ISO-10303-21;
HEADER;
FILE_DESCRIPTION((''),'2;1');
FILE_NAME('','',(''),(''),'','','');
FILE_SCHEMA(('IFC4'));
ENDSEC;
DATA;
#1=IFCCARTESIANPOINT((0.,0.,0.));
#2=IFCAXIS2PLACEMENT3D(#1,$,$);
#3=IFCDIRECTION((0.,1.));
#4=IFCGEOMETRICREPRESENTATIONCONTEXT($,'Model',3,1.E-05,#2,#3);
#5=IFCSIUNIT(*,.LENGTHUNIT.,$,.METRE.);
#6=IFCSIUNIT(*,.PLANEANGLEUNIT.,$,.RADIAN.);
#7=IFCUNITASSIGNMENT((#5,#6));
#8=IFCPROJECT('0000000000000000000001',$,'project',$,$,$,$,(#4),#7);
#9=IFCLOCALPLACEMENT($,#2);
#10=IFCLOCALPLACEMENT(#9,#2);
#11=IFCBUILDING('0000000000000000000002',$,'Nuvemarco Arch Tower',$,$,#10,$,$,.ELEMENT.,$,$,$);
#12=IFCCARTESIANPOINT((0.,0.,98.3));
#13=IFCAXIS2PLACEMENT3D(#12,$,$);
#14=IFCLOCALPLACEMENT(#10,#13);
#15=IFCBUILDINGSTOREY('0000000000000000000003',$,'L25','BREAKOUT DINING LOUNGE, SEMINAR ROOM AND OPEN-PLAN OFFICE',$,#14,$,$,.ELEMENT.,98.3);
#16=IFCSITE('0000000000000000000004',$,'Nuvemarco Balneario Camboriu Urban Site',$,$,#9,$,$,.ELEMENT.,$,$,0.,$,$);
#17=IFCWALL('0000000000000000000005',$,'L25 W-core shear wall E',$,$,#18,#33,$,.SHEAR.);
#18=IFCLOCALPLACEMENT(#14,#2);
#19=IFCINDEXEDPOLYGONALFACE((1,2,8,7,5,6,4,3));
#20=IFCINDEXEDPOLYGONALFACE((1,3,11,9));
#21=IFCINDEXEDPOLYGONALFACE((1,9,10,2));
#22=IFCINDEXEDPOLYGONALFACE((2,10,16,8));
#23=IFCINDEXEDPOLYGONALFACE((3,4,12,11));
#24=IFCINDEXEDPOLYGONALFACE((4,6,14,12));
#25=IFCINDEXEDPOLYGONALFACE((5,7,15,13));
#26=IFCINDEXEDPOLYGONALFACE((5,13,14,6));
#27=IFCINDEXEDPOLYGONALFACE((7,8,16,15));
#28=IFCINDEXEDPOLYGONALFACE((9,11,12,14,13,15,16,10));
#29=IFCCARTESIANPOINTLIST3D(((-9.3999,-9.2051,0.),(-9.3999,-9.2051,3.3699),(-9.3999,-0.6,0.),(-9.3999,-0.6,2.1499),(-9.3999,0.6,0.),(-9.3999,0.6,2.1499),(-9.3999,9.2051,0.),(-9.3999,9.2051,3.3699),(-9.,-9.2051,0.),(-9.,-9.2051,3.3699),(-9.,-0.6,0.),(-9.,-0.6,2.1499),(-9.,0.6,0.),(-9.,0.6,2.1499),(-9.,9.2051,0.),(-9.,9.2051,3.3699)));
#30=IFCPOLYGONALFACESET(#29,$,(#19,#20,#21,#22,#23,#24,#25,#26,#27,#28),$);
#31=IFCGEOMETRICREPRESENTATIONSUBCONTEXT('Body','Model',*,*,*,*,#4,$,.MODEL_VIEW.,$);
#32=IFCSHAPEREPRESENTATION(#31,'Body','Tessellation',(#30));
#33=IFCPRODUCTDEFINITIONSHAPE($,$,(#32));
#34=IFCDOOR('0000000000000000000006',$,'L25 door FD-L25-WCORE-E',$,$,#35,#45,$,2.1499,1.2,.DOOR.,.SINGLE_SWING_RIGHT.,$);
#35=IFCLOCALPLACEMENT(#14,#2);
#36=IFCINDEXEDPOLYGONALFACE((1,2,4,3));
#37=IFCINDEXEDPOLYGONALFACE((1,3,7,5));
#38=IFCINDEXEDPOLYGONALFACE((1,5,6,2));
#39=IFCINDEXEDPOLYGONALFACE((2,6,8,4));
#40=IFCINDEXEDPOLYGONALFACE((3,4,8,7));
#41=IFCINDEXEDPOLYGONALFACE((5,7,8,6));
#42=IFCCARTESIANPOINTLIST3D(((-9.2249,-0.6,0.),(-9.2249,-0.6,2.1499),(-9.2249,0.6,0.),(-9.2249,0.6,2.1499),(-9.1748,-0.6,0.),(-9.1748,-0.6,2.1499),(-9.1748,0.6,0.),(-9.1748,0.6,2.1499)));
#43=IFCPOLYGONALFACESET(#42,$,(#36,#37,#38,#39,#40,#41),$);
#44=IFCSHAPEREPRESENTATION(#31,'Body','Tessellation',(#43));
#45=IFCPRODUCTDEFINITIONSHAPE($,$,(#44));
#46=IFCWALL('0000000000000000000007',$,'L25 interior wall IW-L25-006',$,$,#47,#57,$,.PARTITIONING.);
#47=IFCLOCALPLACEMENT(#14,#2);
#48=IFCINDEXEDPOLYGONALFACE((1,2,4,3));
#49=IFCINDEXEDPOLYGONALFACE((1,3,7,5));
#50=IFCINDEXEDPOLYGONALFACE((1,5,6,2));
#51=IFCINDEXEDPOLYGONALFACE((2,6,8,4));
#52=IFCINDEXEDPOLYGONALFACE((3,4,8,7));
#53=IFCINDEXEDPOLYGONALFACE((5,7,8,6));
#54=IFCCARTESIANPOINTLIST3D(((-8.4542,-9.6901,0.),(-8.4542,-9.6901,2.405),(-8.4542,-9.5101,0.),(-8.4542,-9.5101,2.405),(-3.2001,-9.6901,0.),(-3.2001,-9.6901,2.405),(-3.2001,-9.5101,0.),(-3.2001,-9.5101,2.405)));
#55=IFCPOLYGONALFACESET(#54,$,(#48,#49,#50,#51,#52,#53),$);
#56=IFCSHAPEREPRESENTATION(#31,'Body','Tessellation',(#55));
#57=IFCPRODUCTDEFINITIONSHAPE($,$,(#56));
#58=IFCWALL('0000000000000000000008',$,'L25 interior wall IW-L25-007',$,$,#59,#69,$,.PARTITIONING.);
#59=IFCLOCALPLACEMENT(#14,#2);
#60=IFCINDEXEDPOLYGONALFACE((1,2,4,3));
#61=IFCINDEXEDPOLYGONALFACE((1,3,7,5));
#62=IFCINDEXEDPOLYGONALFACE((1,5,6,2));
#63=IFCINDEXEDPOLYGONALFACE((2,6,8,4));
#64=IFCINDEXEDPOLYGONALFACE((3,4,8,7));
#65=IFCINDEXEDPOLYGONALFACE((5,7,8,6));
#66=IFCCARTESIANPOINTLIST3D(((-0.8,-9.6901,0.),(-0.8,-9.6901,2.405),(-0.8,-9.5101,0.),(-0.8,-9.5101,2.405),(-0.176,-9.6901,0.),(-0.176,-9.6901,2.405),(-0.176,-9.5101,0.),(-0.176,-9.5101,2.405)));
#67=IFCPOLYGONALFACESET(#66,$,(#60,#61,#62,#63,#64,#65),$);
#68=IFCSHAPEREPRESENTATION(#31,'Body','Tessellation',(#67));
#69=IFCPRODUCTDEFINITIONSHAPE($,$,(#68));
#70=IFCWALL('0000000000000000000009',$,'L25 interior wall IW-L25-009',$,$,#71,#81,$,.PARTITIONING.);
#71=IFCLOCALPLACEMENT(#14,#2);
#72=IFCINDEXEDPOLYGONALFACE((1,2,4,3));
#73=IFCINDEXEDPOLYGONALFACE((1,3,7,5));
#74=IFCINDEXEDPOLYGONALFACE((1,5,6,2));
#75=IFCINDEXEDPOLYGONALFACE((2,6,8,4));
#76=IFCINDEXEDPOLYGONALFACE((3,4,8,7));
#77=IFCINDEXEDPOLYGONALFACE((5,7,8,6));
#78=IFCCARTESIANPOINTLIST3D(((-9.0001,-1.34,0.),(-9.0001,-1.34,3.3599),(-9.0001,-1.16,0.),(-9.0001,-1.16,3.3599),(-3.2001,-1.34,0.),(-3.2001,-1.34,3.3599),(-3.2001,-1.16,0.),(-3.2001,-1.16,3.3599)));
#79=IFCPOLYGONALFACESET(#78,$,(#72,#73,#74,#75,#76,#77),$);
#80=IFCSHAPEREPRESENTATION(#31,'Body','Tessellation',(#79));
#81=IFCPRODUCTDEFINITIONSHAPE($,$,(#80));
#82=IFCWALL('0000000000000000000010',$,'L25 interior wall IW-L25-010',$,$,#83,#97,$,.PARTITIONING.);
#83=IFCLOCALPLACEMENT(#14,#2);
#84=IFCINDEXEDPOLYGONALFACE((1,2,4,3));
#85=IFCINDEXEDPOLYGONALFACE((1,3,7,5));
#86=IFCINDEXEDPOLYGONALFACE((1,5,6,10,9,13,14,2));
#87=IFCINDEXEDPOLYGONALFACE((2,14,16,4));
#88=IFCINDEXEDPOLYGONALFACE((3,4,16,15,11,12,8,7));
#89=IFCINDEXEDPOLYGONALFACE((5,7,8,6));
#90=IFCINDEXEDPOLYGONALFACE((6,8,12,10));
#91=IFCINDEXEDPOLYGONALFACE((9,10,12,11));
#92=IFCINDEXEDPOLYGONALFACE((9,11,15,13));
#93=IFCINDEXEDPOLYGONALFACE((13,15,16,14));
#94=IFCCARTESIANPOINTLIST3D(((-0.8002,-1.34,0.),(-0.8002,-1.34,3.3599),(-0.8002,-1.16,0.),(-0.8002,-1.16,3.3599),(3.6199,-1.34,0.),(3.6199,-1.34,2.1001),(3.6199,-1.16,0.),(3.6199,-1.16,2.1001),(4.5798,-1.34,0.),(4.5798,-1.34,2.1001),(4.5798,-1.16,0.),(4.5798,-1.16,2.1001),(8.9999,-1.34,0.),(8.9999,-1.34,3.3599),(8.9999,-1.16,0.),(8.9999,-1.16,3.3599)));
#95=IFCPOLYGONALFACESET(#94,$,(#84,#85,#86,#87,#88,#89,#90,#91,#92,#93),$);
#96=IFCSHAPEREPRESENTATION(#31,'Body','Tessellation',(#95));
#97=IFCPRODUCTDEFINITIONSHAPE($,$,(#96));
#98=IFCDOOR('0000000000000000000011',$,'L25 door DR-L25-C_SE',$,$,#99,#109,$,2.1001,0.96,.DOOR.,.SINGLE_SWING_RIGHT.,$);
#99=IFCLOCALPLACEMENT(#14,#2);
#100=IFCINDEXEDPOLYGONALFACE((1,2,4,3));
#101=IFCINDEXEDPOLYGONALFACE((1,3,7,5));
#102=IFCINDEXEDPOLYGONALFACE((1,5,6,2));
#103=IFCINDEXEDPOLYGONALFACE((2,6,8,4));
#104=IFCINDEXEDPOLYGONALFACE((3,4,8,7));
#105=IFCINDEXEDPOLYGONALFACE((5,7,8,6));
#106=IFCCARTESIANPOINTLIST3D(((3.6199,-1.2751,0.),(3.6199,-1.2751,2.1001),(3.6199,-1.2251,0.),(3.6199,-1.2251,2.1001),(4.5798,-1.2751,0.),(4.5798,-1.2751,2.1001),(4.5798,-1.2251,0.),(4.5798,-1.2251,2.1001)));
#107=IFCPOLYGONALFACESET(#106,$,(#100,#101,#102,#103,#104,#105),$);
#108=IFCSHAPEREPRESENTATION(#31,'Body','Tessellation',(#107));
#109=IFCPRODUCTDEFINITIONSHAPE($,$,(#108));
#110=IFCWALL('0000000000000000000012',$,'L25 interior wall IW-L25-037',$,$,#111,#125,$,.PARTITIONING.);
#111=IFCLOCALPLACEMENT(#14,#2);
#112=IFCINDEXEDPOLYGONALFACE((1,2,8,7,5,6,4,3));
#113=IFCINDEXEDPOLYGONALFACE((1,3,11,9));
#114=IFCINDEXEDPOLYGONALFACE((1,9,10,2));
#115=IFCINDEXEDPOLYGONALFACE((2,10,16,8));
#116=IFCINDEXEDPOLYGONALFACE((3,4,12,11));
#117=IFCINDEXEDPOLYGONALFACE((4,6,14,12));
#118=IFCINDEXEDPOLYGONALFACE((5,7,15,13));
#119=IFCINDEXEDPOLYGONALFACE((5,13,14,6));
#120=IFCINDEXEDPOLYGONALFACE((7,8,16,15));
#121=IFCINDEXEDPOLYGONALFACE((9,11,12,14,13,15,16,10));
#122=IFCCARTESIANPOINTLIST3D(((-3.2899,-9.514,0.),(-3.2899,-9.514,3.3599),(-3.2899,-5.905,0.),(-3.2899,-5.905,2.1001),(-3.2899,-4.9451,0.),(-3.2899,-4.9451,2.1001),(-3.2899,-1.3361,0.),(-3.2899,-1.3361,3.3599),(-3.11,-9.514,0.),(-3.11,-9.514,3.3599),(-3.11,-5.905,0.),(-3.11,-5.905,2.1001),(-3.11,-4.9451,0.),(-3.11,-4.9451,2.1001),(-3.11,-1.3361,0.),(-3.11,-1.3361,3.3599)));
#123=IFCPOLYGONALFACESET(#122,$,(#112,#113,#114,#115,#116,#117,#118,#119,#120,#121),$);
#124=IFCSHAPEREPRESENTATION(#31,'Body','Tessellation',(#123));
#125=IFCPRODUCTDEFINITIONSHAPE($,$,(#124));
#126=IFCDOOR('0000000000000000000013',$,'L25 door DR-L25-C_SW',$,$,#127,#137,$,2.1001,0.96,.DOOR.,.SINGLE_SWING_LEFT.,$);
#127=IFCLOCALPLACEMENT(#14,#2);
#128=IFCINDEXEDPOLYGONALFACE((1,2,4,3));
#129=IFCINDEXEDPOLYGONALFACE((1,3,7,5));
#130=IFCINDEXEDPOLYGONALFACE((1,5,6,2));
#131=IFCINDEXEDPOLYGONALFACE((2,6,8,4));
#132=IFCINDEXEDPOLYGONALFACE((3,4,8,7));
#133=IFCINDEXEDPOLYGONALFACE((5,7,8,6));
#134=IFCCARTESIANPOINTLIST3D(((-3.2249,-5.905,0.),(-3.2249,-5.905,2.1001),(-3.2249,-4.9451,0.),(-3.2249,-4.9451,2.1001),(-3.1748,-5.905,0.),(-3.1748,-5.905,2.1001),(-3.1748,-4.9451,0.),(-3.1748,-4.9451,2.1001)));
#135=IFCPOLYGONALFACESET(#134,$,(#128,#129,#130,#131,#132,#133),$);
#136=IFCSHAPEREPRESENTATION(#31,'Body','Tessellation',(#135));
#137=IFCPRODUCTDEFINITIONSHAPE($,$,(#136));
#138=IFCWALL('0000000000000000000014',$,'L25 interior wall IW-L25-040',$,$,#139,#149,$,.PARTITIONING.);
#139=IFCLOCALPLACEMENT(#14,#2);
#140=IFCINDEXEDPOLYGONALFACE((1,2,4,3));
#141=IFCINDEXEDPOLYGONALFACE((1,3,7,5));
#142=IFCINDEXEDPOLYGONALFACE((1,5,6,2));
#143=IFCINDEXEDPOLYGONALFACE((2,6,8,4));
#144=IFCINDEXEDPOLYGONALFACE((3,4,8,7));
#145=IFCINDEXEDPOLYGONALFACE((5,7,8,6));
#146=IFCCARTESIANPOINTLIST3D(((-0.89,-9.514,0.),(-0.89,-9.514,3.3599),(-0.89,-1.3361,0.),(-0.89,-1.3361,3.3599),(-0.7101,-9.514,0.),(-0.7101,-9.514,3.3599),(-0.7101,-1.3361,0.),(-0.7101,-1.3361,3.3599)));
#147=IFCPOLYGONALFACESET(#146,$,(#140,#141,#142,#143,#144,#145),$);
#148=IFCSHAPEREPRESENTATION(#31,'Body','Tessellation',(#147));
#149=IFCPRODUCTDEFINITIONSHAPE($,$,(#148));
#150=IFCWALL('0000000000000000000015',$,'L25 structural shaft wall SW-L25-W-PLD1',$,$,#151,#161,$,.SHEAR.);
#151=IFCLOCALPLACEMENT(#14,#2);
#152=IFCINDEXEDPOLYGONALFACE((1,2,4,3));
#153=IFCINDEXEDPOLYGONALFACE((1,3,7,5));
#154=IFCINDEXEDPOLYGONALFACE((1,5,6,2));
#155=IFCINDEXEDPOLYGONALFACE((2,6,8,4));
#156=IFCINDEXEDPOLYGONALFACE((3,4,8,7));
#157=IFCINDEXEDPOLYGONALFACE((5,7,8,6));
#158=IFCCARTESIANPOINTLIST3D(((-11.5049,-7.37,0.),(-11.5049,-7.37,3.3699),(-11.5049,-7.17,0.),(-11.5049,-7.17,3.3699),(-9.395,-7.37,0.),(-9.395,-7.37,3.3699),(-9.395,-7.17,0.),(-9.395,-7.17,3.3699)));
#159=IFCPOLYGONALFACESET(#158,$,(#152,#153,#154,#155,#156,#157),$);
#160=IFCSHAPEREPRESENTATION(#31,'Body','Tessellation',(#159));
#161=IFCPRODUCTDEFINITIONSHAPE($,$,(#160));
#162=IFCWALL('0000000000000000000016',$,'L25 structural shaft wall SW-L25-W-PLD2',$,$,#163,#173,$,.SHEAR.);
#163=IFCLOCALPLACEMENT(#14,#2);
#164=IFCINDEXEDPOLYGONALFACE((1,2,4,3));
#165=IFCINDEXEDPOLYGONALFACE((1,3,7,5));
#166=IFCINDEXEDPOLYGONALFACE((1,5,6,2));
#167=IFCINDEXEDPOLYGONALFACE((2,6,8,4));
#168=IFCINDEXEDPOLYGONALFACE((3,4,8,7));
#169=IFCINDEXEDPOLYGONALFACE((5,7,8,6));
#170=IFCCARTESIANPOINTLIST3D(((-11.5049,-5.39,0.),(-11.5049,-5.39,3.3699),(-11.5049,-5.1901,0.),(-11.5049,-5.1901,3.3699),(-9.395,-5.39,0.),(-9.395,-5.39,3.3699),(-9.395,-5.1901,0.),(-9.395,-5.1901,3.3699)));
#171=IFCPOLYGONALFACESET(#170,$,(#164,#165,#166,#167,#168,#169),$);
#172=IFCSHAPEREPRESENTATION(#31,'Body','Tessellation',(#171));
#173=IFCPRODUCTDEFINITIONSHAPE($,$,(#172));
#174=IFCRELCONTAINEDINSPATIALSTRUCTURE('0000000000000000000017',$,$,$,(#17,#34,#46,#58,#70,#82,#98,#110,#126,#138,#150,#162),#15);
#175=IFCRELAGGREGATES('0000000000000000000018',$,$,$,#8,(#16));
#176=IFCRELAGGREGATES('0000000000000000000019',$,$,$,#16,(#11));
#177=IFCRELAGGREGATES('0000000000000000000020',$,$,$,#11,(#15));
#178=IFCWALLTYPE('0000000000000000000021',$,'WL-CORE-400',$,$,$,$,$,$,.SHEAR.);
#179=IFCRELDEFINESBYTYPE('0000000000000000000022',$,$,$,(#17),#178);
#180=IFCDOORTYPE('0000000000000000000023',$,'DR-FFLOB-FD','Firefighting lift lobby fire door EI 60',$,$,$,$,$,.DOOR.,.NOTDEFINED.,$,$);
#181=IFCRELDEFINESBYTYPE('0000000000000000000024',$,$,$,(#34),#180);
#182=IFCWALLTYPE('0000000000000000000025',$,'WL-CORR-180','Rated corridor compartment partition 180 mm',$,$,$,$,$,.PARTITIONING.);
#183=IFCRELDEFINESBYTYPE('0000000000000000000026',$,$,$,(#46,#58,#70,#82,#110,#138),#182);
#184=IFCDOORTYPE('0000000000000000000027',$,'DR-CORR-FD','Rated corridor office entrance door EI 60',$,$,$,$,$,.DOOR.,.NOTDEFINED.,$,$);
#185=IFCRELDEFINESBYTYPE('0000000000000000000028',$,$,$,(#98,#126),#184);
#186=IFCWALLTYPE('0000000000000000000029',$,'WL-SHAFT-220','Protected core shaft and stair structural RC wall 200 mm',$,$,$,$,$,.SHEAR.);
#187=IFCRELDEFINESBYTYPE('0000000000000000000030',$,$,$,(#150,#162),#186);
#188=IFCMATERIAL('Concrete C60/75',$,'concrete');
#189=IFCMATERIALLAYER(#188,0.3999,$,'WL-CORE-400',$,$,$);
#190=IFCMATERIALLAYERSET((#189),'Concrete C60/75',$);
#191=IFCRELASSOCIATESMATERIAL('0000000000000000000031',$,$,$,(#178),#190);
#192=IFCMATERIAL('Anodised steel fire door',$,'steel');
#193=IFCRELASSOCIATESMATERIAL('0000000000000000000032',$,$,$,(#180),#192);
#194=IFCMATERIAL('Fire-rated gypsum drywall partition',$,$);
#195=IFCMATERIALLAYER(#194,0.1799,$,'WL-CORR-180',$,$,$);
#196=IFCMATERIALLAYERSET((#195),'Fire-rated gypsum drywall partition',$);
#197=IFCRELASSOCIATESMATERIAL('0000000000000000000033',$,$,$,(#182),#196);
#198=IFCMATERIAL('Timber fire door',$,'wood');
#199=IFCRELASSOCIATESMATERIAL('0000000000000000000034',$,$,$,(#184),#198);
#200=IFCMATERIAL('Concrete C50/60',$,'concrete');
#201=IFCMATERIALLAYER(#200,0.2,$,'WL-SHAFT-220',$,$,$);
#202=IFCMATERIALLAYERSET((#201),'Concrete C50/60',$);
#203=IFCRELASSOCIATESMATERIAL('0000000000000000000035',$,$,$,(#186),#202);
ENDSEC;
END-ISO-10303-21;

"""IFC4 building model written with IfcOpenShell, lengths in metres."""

from ifc_helpers import new_model, si_unit, direction, frame, frame_2d, origin, place, context, subcontext, project, spatial, rectangle, extrude, source, transform, mapped, material, layer, layer_set, type_object, type_shapes, element, fill, save


model = new_model("IFC4")

# Units and contexts
model_context = context("Model", 3, precision=1e-05, world=origin(), true_north=direction((0.0, 1.0)))
body_context = subcontext(model_context, "Body", "Model", "MODEL_VIEW")
ifc_project = project(units=[si_unit("LENGTHUNIT", "METRE"), si_unit("PLANEANGLEUNIT", "RADIAN")], contexts=[model_context])

# Site, building, storey
site_placement = place(None, origin())
site = spatial("IfcSite", under=ifc_project, at=site_placement, Name="Nuvemarco Balneario Camboriu Urban Site", CompositionType="ELEMENT", RefElevation=0.0)
building_placement = place(site_placement, origin())
building = spatial("IfcBuilding", under=site, at=building_placement, Name="Nuvemarco Arch Tower", CompositionType="ELEMENT")
storey_placement = place(building_placement, frame((0.0, 0.0, 98.3)))
storey = spatial("IfcBuildingStorey", under=building, at=storey_placement, Name="L25", Description="BREAKOUT DINING LOUNGE, SEMINAR ROOM AND OPEN-PLAN OFFICE", CompositionType="ELEMENT", Elevation=98.3)

# Shared definitions
ifc_material_1 = material(Name="Concrete C60/75", Category="concrete")

# Wall, opening, door
ifc_layer_1 = layer(ifc_material_1, 0.3999, Name="WL-CORE-400")
ifc_layer_set_1 = layer_set([ifc_layer_1], Name="Concrete C60/75")
wall_type_1 = type_object("IfcWallType", Name="WL-CORE-400", PredefinedType="SHEAR", material=ifc_layer_set_1)
wall_1_placement = place(storey_placement, frame((-9.2, -9.2051, 0.0), z_axis=(0.0, 0.0, 1.0), x_axis=(0.0, 1.0, 0.0)))
wall_1 = element("IfcWall", 1, at=wall_1_placement, inside=storey, type_object=wall_type_1, Name="L25 W-core shear wall E", PredefinedType="SHEAR", context=body_context, shape_type="SweptSolid", body=[
    extrude(rectangle(XDim=18.4102, YDim=0.3999, at=frame_2d((9.2051, 0.0))), origin(), (0.0, 0.0, 1.0), 3.3699),
])
opening_1_placement = place(wall_1_placement, frame((8.605, 0.0, 0.0)))
opening_1 = element("IfcOpeningElement", 2, at=opening_1_placement, cuts=wall_1, PredefinedType="OPENING", context=body_context, shape_type="SweptSolid", body=[
    extrude(rectangle(XDim=1.2, YDim=2.1499, at=frame_2d((0.6001, 1.075))), frame((0.0, 0.21, 0.0), z_axis=(0.0, -1.0, 0.0), x_axis=(1.0, 0.0, 0.0)), (0.0, 0.0, 1.0), 0.4199),
])
ifc_material_2 = material(Name="Anodised steel fire door", Category="steel")
door_type_1 = type_object("IfcDoorType", Name="DR-FFLOB-FD", Description="Firefighting lift lobby fire door EI 60", OperationType="NOTDEFINED", PredefinedType="DOOR", material=ifc_material_2)
shared_shape_1 = source(origin(), body_context, "Body", "SweptSolid", [
    extrude(rectangle(XDim=1.2, YDim=2.1499, at=frame_2d((0.6001, 1.075))), frame((0.0, 0.0249, 0.0), z_axis=(0.0, -1.0, 0.0), x_axis=(1.0, 0.0, 0.0)), (0.0, 0.0, 1.0), 0.05),
])
type_shapes(door_type_1, [shared_shape_1])
door_1_placement = place(opening_1_placement, origin())
door_1 = element("IfcDoor", 3, at=door_1_placement, inside=storey, type_object=door_type_1, Name="L25 door FD-L25-WCORE-E", OperationType="SINGLE_SWING_RIGHT", OverallHeight=2.1499, OverallWidth=1.2, PredefinedType="DOOR", context=body_context, shape_type="MappedRepresentation", body=[
    mapped(shared_shape_1, transform((0.0, 0.0, 0.0), scale=1.0)),
])
fill(opening_1, door_1)

# Walls
ifc_material_3 = material(Name="Fire-rated gypsum drywall partition")
ifc_layer_2 = layer(ifc_material_3, 0.1799, Name="WL-CORR-180")
ifc_layer_set_2 = layer_set([ifc_layer_2], Name="Fire-rated gypsum drywall partition")
wall_type_2 = type_object("IfcWallType", Name="WL-CORR-180", Description="Rated corridor compartment partition 180 mm", PredefinedType="PARTITIONING", material=ifc_layer_set_2)
wall_2_placement = place(storey_placement, frame((-8.4541, -9.6001, 0.0), z_axis=(0.0, 0.0, 1.0), x_axis=(1.0, 0.0, 0.0)))
element("IfcWall", 4, at=wall_2_placement, inside=storey, type_object=wall_type_2, Name="L25 interior wall IW-L25-006", PredefinedType="PARTITIONING", context=body_context, shape_type="SweptSolid", body=[
    extrude(rectangle(XDim=5.2542, YDim=0.1799, at=frame_2d((2.627, 0.0))), origin(), (0.0, 0.0, 1.0), 2.405),
])
wall_3_placement = place(storey_placement, frame((-0.8, -9.6001, 0.0), z_axis=(0.0, 0.0, 1.0), x_axis=(1.0, 0.0, 0.0)))
element("IfcWall", 5, at=wall_3_placement, inside=storey, type_object=wall_type_2, Name="L25 interior wall IW-L25-007", PredefinedType="PARTITIONING", context=body_context, shape_type="SweptSolid", body=[
    extrude(rectangle(XDim=0.624, YDim=0.1799, at=frame_2d((0.312, 0.0))), origin(), (0.0, 0.0, 1.0), 2.405),
])
wall_4_placement = place(storey_placement, frame((-9.0, -1.25, 0.0), z_axis=(0.0, 0.0, 1.0), x_axis=(1.0, 0.0, 0.0)))
element("IfcWall", 6, at=wall_4_placement, inside=storey, type_object=wall_type_2, Name="L25 interior wall IW-L25-009", PredefinedType="PARTITIONING", context=body_context, shape_type="SweptSolid", body=[
    extrude(rectangle(XDim=5.8, YDim=0.1799, at=frame_2d((2.8999, 0.0))), origin(), (0.0, 0.0, 1.0), 3.3599),
])

# Walls, openings, doors
wall_5_placement = place(storey_placement, frame((-0.8, -1.25, 0.0), z_axis=(0.0, 0.0, 1.0), x_axis=(1.0, 0.0, 0.0)))
wall_5 = element("IfcWall", 7, at=wall_5_placement, inside=storey, type_object=wall_type_2, Name="L25 interior wall IW-L25-010", PredefinedType="PARTITIONING", context=body_context, shape_type="SweptSolid", body=[
    extrude(rectangle(XDim=9.8, YDim=0.1799, at=frame_2d((4.8999, 0.0))), origin(), (0.0, 0.0, 1.0), 3.3599),
])
opening_2_placement = place(wall_5_placement, frame((4.4199, 0.0, 0.0)))
opening_2 = element("IfcOpeningElement", 8, at=opening_2_placement, cuts=wall_5, PredefinedType="OPENING", context=body_context, shape_type="SweptSolid", body=[
    extrude(rectangle(XDim=0.96, YDim=2.1001, at=frame_2d((0.48, 1.05))), frame((0.0, 0.0999, 0.0), z_axis=(0.0, -1.0, 0.0), x_axis=(1.0, 0.0, 0.0)), (0.0, 0.0, 1.0), 0.2),
])
ifc_material_4 = material(Name="Timber fire door", Category="wood")
door_type_2 = type_object("IfcDoorType", Name="DR-CORR-FD", Description="Rated corridor office entrance door EI 60", OperationType="NOTDEFINED", PredefinedType="DOOR", material=ifc_material_4)
shared_shape_2 = source(origin(), body_context, "Body", "SweptSolid", [
    extrude(rectangle(XDim=0.96, YDim=2.1001, at=frame_2d((0.48, 1.05))), frame((0.0, 0.0249, 0.0), z_axis=(0.0, -1.0, 0.0), x_axis=(1.0, 0.0, 0.0)), (0.0, 0.0, 1.0), 0.05),
])
type_shapes(door_type_2, [shared_shape_2])
door_2_placement = place(opening_2_placement, origin())
door_2 = element("IfcDoor", 9, at=door_2_placement, inside=storey, type_object=door_type_2, Name="L25 door DR-L25-C_SE", OperationType="SINGLE_SWING_RIGHT", OverallHeight=2.1001, OverallWidth=0.96, PredefinedType="DOOR", context=body_context, shape_type="MappedRepresentation", body=[
    mapped(shared_shape_2, transform((0.0, 0.0, 0.0), scale=1.0)),
])
fill(opening_2, door_2)
wall_6_placement = place(storey_placement, frame((-3.2, -9.5139, 0.0), z_axis=(0.0, 0.0, 1.0), x_axis=(0.0, 1.0, 0.0)))
wall_6 = element("IfcWall", 10, at=wall_6_placement, inside=storey, type_object=wall_type_2, Name="L25 interior wall IW-L25-037", PredefinedType="PARTITIONING", context=body_context, shape_type="SweptSolid", body=[
    extrude(rectangle(XDim=8.178, YDim=0.1799, at=frame_2d((4.0889, 0.0))), origin(), (0.0, 0.0, 1.0), 3.3599),
])
opening_3_placement = place(wall_6_placement, frame((3.6089, 0.0, 0.0)))
opening_3 = element("IfcOpeningElement", 11, at=opening_3_placement, cuts=wall_6, PredefinedType="OPENING", context=body_context, shape_type="SweptSolid", body=[
    extrude(rectangle(XDim=0.96, YDim=2.1001, at=frame_2d((0.48, 1.05))), frame((0.0, 0.0999, 0.0), z_axis=(0.0, -1.0, 0.0), x_axis=(1.0, 0.0, 0.0)), (0.0, 0.0, 1.0), 0.2),
])
door_3_placement = place(opening_3_placement, origin())
door_3 = element("IfcDoor", 12, at=door_3_placement, inside=storey, type_object=door_type_2, Name="L25 door DR-L25-C_SW", OperationType="SINGLE_SWING_LEFT", OverallHeight=2.1001, OverallWidth=0.96, PredefinedType="DOOR", context=body_context, shape_type="MappedRepresentation", body=[
    mapped(shared_shape_2, transform((0.0, 0.0, 0.0), scale=1.0)),
])
fill(opening_3, door_3)

# Wall
wall_7_placement = place(storey_placement, frame((-0.8, -9.5139, 0.0), z_axis=(0.0, 0.0, 1.0), x_axis=(0.0, 1.0, 0.0)))
element("IfcWall", 13, at=wall_7_placement, inside=storey, type_object=wall_type_2, Name="L25 interior wall IW-L25-040", PredefinedType="PARTITIONING", context=body_context, shape_type="SweptSolid", body=[
    extrude(rectangle(XDim=8.178, YDim=0.1799, at=frame_2d((4.0889, 0.0))), origin(), (0.0, 0.0, 1.0), 3.3599),
])

# Shared definitions
ifc_material_5 = material(Name="Concrete C50/60", Category="concrete")
ifc_layer_3 = layer(ifc_material_5, 0.2, Name="WL-SHAFT-220")
ifc_layer_set_3 = layer_set([ifc_layer_3], Name="Concrete C50/60")
wall_type_3 = type_object("IfcWallType", Name="WL-SHAFT-220", Description="Protected core shaft and stair structural RC wall 200 mm", PredefinedType="SHEAR", material=ifc_layer_set_3)

# Walls
for number, where, z_axis, x_axis, name in (
    (14, (-11.5049, -7.27, 0.0), (0.0, 0.0, 1.0), (1.0, 0.0, 0.0), "L25 structural shaft wall SW-L25-W-PLD1"),
    (15, (-11.5049, -5.29, 0.0), (0.0, 0.0, 1.0), (1.0, 0.0, 0.0), "L25 structural shaft wall SW-L25-W-PLD2"),
):
    element("IfcWall", number, at=place(storey_placement, frame(where, z_axis=z_axis, x_axis=x_axis)), inside=storey, type_object=wall_type_3, Name=name, PredefinedType="SHEAR", context=body_context, shape_type="SweptSolid", body=[
        extrude(rectangle(XDim=2.1099, YDim=0.2, at=frame_2d((1.0549, 0.0))), origin(), (0.0, 0.0, 1.0), 3.3699),
    ])

save(model, "model.ifc")
